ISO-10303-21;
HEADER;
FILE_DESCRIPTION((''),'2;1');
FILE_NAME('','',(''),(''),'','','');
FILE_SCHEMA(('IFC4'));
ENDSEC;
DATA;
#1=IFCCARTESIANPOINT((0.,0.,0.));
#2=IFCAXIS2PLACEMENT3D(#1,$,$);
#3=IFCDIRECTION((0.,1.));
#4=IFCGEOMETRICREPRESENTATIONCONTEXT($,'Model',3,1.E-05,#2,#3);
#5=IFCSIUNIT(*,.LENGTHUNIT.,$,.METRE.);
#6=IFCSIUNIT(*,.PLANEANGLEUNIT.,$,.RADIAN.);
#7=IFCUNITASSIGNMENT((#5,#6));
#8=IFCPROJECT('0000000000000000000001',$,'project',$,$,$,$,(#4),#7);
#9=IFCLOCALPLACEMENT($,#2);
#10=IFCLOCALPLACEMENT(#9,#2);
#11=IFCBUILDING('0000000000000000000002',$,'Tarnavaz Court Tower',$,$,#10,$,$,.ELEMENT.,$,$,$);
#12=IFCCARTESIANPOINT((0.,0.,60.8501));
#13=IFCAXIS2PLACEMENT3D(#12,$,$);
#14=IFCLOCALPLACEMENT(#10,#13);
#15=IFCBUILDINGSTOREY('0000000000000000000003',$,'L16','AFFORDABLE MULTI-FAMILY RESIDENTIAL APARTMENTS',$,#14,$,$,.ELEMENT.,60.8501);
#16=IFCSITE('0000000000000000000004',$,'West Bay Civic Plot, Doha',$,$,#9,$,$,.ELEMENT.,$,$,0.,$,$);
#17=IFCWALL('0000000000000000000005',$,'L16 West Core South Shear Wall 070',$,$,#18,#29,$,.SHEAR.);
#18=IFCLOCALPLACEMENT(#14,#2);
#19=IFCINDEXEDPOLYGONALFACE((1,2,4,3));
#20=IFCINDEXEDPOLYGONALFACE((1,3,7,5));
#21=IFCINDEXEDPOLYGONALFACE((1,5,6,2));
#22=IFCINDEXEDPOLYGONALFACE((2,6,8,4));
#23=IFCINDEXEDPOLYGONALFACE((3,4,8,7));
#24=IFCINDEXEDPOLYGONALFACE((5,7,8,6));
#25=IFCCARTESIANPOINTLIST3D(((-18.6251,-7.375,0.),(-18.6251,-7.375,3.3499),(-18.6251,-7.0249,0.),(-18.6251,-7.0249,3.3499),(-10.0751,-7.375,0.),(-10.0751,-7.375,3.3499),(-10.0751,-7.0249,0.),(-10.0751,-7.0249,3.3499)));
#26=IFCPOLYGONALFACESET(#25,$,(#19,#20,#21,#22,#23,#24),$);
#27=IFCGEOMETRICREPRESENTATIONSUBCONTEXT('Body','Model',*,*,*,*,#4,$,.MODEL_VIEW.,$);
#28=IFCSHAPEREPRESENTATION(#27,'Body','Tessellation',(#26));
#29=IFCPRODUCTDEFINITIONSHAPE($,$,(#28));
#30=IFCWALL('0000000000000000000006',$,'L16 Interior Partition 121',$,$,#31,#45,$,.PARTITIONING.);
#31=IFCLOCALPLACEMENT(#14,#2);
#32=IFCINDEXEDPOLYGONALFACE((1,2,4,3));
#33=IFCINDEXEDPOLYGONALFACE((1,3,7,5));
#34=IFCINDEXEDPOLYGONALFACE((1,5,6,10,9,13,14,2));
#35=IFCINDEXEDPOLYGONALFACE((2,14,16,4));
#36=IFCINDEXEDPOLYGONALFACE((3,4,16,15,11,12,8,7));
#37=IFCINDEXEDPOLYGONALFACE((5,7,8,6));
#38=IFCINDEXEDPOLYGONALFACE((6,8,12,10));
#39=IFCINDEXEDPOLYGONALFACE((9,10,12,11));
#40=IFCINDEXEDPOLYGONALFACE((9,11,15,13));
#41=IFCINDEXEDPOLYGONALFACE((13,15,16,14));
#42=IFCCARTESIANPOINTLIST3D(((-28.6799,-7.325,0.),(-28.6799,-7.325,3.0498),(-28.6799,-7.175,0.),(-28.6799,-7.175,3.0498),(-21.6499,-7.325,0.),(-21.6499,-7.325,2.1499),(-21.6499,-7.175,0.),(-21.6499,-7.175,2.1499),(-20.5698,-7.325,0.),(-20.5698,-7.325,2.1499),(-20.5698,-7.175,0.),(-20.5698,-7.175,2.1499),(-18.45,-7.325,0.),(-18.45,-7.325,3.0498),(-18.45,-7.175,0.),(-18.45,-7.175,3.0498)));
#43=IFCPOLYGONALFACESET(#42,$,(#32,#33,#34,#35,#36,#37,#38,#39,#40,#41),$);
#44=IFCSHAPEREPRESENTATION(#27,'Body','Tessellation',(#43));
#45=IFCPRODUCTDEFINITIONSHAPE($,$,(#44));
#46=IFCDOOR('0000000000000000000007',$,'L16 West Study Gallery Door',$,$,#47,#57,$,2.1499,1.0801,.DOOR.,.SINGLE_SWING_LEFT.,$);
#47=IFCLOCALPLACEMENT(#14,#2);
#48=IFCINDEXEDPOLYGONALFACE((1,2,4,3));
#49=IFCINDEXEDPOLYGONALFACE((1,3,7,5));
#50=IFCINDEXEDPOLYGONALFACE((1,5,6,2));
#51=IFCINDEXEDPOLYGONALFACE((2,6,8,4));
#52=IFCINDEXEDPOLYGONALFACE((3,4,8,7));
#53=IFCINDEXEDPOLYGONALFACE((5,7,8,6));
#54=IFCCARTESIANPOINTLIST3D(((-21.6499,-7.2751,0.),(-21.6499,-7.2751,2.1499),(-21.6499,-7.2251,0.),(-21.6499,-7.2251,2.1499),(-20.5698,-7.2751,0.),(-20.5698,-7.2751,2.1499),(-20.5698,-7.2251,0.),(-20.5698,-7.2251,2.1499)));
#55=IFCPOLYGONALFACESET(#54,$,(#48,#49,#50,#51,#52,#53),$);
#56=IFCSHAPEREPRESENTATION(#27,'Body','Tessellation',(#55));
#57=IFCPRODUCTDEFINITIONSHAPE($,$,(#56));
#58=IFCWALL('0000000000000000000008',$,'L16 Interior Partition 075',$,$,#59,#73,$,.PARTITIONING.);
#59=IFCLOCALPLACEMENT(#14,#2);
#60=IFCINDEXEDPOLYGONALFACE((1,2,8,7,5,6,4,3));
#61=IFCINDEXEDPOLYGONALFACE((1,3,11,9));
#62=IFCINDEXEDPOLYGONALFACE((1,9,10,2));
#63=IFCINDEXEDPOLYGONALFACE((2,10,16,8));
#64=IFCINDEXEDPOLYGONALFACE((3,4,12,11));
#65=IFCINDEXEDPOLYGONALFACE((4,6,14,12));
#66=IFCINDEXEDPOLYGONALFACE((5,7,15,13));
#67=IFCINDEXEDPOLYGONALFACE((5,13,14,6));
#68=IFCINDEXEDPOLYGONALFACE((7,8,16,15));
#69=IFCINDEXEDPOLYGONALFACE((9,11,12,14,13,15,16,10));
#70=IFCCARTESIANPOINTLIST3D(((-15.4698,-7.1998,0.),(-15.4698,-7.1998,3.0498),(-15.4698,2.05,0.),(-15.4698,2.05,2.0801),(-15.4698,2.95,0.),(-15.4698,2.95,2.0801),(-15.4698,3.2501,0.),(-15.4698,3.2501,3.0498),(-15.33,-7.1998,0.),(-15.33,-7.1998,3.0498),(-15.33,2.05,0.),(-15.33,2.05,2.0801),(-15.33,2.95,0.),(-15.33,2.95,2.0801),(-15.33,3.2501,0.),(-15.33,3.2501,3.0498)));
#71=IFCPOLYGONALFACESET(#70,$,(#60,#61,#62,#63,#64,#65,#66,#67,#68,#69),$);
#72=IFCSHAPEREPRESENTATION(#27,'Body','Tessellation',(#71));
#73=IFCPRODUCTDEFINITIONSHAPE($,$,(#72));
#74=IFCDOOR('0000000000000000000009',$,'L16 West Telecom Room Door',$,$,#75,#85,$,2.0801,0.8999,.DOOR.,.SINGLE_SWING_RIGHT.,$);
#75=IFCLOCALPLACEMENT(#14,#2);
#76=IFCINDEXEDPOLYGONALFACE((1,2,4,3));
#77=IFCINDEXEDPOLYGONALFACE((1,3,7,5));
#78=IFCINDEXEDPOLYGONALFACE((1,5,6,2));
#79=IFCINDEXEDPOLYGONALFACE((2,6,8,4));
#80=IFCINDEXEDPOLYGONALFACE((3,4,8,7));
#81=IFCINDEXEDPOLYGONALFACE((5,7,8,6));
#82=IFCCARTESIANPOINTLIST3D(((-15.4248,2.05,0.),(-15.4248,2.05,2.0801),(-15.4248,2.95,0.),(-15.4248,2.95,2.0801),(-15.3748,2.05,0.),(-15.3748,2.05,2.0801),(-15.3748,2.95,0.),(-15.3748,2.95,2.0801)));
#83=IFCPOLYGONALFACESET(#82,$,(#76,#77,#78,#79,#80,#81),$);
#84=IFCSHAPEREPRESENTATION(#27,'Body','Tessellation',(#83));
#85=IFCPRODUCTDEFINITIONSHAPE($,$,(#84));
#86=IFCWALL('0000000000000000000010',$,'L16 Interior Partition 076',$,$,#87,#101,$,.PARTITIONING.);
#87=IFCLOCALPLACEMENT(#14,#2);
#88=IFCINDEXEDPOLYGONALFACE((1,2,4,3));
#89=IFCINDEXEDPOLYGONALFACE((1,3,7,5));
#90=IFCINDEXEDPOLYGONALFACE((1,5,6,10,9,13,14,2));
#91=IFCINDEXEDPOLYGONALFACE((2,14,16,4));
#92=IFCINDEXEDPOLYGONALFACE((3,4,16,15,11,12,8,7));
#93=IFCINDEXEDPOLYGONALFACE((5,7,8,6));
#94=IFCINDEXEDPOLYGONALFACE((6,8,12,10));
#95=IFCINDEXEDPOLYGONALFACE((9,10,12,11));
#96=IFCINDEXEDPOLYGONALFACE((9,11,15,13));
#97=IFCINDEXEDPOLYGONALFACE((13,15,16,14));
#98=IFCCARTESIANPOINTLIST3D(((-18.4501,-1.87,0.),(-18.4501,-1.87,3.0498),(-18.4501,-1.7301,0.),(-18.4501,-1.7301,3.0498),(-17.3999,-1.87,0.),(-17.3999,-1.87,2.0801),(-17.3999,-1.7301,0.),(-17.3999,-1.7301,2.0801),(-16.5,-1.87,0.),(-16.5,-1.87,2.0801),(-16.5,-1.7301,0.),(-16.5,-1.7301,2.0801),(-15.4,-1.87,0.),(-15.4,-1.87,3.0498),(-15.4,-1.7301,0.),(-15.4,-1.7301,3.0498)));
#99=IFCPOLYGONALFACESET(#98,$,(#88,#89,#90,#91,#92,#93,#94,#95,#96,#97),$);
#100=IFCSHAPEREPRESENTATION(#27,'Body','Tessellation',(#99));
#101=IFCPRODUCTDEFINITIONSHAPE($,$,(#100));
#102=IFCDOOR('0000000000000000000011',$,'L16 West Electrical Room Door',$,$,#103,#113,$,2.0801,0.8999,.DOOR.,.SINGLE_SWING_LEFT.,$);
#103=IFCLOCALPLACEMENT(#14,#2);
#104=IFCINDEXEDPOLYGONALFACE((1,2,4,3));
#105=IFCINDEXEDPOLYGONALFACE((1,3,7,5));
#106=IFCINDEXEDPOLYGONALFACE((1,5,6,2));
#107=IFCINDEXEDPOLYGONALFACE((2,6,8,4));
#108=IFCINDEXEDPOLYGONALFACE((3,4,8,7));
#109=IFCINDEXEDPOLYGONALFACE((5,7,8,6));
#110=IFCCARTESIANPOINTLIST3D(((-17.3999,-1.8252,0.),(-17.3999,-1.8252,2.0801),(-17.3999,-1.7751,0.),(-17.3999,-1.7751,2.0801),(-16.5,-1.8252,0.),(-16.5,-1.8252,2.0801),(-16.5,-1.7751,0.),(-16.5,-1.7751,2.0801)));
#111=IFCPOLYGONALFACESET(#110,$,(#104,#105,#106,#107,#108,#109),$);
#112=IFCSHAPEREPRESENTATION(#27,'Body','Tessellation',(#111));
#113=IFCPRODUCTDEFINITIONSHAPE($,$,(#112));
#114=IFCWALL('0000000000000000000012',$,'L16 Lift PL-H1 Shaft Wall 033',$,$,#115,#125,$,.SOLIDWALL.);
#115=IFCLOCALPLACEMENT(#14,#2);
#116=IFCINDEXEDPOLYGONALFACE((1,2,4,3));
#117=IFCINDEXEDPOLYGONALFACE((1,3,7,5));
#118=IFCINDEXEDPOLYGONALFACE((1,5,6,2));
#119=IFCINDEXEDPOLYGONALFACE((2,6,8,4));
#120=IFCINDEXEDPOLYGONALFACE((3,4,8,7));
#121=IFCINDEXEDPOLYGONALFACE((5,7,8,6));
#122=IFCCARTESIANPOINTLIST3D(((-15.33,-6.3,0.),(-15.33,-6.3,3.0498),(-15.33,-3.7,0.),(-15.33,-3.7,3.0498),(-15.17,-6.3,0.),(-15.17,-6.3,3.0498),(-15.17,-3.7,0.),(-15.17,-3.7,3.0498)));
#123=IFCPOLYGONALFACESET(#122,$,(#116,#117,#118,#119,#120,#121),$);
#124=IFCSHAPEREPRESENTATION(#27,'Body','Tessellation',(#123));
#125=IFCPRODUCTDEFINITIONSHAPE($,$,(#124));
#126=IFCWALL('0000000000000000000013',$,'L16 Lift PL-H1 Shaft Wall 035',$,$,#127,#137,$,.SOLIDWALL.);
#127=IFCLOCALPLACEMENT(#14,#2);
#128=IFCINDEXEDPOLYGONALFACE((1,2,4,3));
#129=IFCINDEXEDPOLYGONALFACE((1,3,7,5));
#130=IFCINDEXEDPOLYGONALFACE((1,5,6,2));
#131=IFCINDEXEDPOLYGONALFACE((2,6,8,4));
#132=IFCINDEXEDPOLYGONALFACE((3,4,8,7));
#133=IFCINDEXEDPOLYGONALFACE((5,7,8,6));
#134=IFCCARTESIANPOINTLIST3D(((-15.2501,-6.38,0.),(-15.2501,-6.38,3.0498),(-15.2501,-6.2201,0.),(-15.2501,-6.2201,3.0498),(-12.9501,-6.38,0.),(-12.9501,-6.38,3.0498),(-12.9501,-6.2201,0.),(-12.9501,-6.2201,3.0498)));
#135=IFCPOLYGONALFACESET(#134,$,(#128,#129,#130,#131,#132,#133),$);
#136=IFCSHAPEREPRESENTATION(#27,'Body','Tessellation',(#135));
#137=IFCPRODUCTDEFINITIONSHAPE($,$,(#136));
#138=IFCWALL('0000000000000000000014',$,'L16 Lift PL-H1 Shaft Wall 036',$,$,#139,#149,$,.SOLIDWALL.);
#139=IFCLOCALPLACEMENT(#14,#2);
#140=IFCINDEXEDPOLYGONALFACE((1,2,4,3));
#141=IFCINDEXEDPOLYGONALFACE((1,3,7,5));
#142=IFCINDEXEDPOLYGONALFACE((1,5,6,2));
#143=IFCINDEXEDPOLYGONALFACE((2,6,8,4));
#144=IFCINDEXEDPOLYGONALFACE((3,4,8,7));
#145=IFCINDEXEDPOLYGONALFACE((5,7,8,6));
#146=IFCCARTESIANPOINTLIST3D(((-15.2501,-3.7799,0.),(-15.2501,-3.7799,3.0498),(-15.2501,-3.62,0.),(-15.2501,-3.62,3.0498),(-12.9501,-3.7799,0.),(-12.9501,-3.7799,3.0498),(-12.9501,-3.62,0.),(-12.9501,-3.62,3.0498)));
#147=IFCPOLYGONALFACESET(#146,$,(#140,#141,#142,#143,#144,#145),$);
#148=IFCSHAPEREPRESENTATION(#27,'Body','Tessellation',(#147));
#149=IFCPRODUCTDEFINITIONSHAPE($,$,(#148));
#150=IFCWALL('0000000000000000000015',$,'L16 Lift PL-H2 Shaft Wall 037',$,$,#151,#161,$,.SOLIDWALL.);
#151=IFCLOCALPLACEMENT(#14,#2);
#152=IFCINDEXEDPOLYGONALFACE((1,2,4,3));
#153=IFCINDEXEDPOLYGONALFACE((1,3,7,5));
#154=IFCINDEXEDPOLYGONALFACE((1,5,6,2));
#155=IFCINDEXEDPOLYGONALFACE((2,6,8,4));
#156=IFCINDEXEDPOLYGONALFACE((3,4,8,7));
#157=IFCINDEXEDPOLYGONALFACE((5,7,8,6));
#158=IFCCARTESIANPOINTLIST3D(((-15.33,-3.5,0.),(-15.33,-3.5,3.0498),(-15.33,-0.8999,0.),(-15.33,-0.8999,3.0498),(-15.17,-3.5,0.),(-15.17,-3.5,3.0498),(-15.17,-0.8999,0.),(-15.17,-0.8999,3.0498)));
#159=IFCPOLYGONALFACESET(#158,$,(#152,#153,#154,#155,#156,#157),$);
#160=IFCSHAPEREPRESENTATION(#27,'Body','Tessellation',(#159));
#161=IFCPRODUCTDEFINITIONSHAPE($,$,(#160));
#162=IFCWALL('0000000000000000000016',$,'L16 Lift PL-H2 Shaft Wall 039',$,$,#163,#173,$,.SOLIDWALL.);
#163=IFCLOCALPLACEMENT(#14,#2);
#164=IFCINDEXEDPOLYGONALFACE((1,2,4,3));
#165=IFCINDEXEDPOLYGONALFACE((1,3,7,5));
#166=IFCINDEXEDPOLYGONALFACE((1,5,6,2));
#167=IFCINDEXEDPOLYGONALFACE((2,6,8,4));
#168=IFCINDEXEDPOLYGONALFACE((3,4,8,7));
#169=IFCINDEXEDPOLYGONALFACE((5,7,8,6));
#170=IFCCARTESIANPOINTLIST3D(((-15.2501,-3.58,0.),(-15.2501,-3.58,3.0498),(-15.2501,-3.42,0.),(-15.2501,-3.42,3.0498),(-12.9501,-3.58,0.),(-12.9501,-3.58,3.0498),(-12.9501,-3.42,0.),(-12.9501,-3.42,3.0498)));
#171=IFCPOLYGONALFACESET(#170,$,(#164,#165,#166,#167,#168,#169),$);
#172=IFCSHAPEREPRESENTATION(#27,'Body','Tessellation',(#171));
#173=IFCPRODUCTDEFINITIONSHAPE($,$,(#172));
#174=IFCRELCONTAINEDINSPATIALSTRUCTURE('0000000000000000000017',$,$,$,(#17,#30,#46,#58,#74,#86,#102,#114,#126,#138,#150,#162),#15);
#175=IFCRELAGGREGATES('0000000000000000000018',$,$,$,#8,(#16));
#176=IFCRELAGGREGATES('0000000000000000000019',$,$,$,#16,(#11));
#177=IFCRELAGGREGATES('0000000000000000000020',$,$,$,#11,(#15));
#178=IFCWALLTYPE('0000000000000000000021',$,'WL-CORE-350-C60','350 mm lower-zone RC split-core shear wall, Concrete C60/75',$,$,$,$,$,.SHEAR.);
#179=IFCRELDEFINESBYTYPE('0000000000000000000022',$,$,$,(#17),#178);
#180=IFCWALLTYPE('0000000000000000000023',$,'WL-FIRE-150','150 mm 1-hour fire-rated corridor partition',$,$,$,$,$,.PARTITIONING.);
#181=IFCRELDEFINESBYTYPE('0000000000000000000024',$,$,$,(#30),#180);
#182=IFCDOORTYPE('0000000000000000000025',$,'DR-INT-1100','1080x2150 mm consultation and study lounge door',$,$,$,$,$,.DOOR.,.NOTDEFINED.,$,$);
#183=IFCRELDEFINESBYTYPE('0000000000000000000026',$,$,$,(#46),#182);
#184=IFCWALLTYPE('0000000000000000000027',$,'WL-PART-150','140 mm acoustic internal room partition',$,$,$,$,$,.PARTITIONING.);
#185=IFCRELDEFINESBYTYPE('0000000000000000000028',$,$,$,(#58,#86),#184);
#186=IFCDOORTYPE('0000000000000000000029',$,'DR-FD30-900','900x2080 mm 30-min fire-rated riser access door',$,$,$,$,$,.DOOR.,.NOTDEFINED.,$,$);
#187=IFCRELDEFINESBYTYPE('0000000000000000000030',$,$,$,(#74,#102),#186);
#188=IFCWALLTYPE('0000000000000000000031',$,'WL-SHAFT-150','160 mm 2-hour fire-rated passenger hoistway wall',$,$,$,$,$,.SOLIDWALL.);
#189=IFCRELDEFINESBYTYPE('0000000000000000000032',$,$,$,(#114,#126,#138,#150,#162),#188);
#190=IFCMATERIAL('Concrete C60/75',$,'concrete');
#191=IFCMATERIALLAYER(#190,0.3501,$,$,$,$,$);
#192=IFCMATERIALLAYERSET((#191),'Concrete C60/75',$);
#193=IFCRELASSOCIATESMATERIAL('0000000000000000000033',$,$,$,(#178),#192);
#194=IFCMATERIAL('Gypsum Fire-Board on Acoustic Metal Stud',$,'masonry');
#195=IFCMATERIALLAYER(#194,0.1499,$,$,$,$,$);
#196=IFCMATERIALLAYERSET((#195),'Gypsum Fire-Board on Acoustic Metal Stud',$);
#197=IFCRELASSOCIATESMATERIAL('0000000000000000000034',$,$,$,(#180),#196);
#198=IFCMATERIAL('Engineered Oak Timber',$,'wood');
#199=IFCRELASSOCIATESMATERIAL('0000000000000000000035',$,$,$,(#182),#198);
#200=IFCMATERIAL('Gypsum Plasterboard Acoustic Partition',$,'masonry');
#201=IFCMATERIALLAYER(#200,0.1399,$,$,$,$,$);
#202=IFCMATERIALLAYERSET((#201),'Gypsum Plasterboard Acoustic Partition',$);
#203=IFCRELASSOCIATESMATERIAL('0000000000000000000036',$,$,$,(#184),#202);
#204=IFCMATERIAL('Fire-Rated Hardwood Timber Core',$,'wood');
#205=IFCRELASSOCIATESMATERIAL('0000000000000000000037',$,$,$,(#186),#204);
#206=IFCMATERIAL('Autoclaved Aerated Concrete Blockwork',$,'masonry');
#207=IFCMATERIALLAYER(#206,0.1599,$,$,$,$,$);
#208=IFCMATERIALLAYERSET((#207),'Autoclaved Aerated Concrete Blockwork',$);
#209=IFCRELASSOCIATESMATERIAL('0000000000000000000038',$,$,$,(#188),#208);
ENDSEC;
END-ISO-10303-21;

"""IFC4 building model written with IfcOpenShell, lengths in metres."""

from ifc_helpers import new_model, si_unit, direction, frame, frame_2d, origin, place, context, subcontext, project, spatial, rectangle, extrude, material, layer, layer_set, type_object, element, fill, save


model = new_model("IFC4")

# Units and contexts
model_context = context("Model", 3, precision=1e-05, world=origin(), true_north=direction((0.0, 1.0)))
body_context = subcontext(model_context, "Body", "Model", "MODEL_VIEW")
ifc_project = project(units=[si_unit("LENGTHUNIT", "METRE"), si_unit("PLANEANGLEUNIT", "RADIAN")], contexts=[model_context])

# Site, building, storey
site_placement = place(None, origin())
site = spatial("IfcSite", under=ifc_project, at=site_placement, Name="West Bay Civic Plot, Doha", CompositionType="ELEMENT", RefElevation=0.0)
building_placement = place(site_placement, origin())
building = spatial("IfcBuilding", under=site, at=building_placement, Name="Tarnavaz Court Tower", CompositionType="ELEMENT")
storey_placement = place(building_placement, frame((0.0, 0.0, 60.8501)))
storey = spatial("IfcBuildingStorey", under=building, at=storey_placement, Name="L16", Description="AFFORDABLE MULTI-FAMILY RESIDENTIAL APARTMENTS", CompositionType="ELEMENT", Elevation=60.8501)

# Shared definitions
ifc_material_1 = material(Name="Concrete C60/75", Category="concrete")

# Wall
ifc_layer_1 = layer(ifc_material_1, 0.3501)
ifc_layer_set_1 = layer_set([ifc_layer_1], Name="Concrete C60/75")
wall_type_1 = type_object("IfcWallType", Name="WL-CORE-350-C60", Description="350 mm lower-zone RC split-core shear wall, Concrete C60/75", PredefinedType="SHEAR", material=ifc_layer_set_1)
wall_1_placement = place(storey_placement, frame((-18.625, -7.2, 0.0), z_axis=(0.0, 0.0, 1.0), x_axis=(1.0, 0.0, 0.0)))
element("IfcWall", 1, at=wall_1_placement, inside=storey, type_object=wall_type_1, Name="L16 West Core South Shear Wall 070", PredefinedType="SHEAR", context=body_context, shape_type="SweptSolid", body=[
    extrude(rectangle(XDim=8.55, YDim=0.3501, at=frame_2d((4.2749, 0.0))), origin(), (0.0, 0.0, 1.0), 3.3499),
])

# Walls, openings, doors
ifc_material_2 = material(Name="Gypsum Fire-Board on Acoustic Metal Stud", Category="masonry")
ifc_layer_2 = layer(ifc_material_2, 0.1499)
ifc_layer_set_2 = layer_set([ifc_layer_2], Name="Gypsum Fire-Board on Acoustic Metal Stud")
wall_type_2 = type_object("IfcWallType", Name="WL-FIRE-150", Description="150 mm 1-hour fire-rated corridor partition", PredefinedType="PARTITIONING", material=ifc_layer_set_2)
wall_2_placement = place(storey_placement, frame((-28.6799, -7.25, 0.0), z_axis=(0.0, 0.0, 1.0), x_axis=(1.0, 0.0, 0.0)))
wall_2 = element("IfcWall", 2, at=wall_2_placement, inside=storey, type_object=wall_type_2, Name="L16 Interior Partition 121", PredefinedType="PARTITIONING", context=body_context, shape_type="SweptSolid", body=[
    extrude(rectangle(XDim=10.23, YDim=0.1499, at=frame_2d((5.115, 0.0))), origin(), (0.0, 0.0, 1.0), 3.0498),
])
opening_1_placement = place(wall_2_placement, frame((7.03, 0.0, 0.0)))
opening_1 = element("IfcOpeningElement", 3, at=opening_1_placement, cuts=wall_2, PredefinedType="OPENING", context=body_context, shape_type="SweptSolid", body=[
    extrude(rectangle(XDim=1.0801, YDim=2.1499, at=frame_2d((0.54, 1.075))), frame((0.0, 0.085, 0.0), z_axis=(0.0, -1.0, 0.0), x_axis=(1.0, 0.0, 0.0)), (0.0, 0.0, 1.0), 0.1699),
])
ifc_material_3 = material(Name="Engineered Oak Timber", Category="wood")
door_type_1 = type_object("IfcDoorType", Name="DR-INT-1100", Description="1080x2150 mm consultation and study lounge door", OperationType="NOTDEFINED", PredefinedType="DOOR", material=ifc_material_3)
door_1_placement = place(opening_1_placement, origin())
door_1 = element("IfcDoor", 4, at=door_1_placement, inside=storey, type_object=door_type_1, Name="L16 West Study Gallery Door", OperationType="SINGLE_SWING_LEFT", OverallHeight=2.1499, OverallWidth=1.0801, PredefinedType="DOOR", context=body_context, shape_type="SweptSolid", body=[
    extrude(rectangle(XDim=1.0801, YDim=2.1499, at=frame_2d((0.54, 1.075))), frame((0.0, 0.0249, 0.0), z_axis=(0.0, -1.0, 0.0), x_axis=(1.0, 0.0, 0.0)), (0.0, 0.0, 1.0), 0.05),
])
fill(opening_1, door_1)
ifc_material_4 = material(Name="Gypsum Plasterboard Acoustic Partition", Category="masonry")
ifc_layer_3 = layer(ifc_material_4, 0.1399)
ifc_layer_set_3 = layer_set([ifc_layer_3], Name="Gypsum Plasterboard Acoustic Partition")
wall_type_3 = type_object("IfcWallType", Name="WL-PART-150", Description="140 mm acoustic internal room partition", PredefinedType="PARTITIONING", material=ifc_layer_set_3)
wall_3_placement = place(storey_placement, frame((-15.3999, -7.2, 0.0), z_axis=(0.0, 0.0, 1.0), x_axis=(0.0, 1.0, 0.0)))
wall_3 = element("IfcWall", 5, at=wall_3_placement, inside=storey, type_object=wall_type_3, Name="L16 Interior Partition 075", PredefinedType="PARTITIONING", context=body_context, shape_type="SweptSolid", body=[
    extrude(rectangle(XDim=10.45, YDim=0.1399, at=frame_2d((5.2251, 0.0))), origin(), (0.0, 0.0, 1.0), 3.0498),
])
opening_2_placement = place(wall_3_placement, frame((9.25, 0.0, 0.0)))
opening_2 = element("IfcOpeningElement", 6, at=opening_2_placement, cuts=wall_3, PredefinedType="OPENING", context=body_context, shape_type="SweptSolid", body=[
    extrude(rectangle(XDim=0.8999, YDim=2.0801, at=frame_2d((0.45, 1.04))), frame((0.0, 0.0798, 0.0), z_axis=(0.0, -1.0, 0.0), x_axis=(1.0, 0.0, 0.0)), (0.0, 0.0, 1.0), 0.1599),
])
ifc_material_5 = material(Name="Fire-Rated Hardwood Timber Core", Category="wood")
door_type_2 = type_object("IfcDoorType", Name="DR-FD30-900", Description="900x2080 mm 30-min fire-rated riser access door", OperationType="NOTDEFINED", PredefinedType="DOOR", material=ifc_material_5)
door_2_placement = place(opening_2_placement, origin())
door_2 = element("IfcDoor", 7, at=door_2_placement, inside=storey, type_object=door_type_2, Name="L16 West Telecom Room Door", OperationType="SINGLE_SWING_RIGHT", OverallHeight=2.0801, OverallWidth=0.8999, PredefinedType="DOOR", context=body_context, shape_type="SweptSolid", body=[
    extrude(rectangle(XDim=0.8999, YDim=2.0801, at=frame_2d((0.45, 1.04))), frame((0.0, 0.0249, 0.0), z_axis=(0.0, -1.0, 0.0), x_axis=(1.0, 0.0, 0.0)), (0.0, 0.0, 1.0), 0.05),
])
fill(opening_2, door_2)
wall_4_placement = place(storey_placement, frame((-18.45, -1.8, 0.0), z_axis=(0.0, 0.0, 1.0), x_axis=(1.0, 0.0, 0.0)))
wall_4 = element("IfcWall", 8, at=wall_4_placement, inside=storey, type_object=wall_type_3, Name="L16 Interior Partition 076", PredefinedType="PARTITIONING", context=body_context, shape_type="SweptSolid", body=[
    extrude(rectangle(XDim=3.05, YDim=0.1399, at=frame_2d((1.5249, 0.0))), origin(), (0.0, 0.0, 1.0), 3.0498),
])
opening_3_placement = place(wall_4_placement, frame((1.05, 0.0, 0.0)))
opening_3 = element("IfcOpeningElement", 9, at=opening_3_placement, cuts=wall_4, PredefinedType="OPENING", context=body_context, shape_type="SweptSolid", body=[
    extrude(rectangle(XDim=0.8999, YDim=2.0801, at=frame_2d((0.45, 1.04))), frame((0.0, 0.0798, 0.0), z_axis=(0.0, -1.0, 0.0), x_axis=(1.0, 0.0, 0.0)), (0.0, 0.0, 1.0), 0.1599),
])
door_3_placement = place(opening_3_placement, origin())
door_3 = element("IfcDoor", 10, at=door_3_placement, inside=storey, type_object=door_type_2, Name="L16 West Electrical Room Door", OperationType="SINGLE_SWING_LEFT", OverallHeight=2.0801, OverallWidth=0.8999, PredefinedType="DOOR", context=body_context, shape_type="SweptSolid", body=[
    extrude(rectangle(XDim=0.8999, YDim=2.0801, at=frame_2d((0.45, 1.04))), frame((0.0, 0.0249, 0.0), z_axis=(0.0, -1.0, 0.0), x_axis=(1.0, 0.0, 0.0)), (0.0, 0.0, 1.0), 0.05),
])
fill(opening_3, door_3)

# Walls
ifc_material_6 = material(Name="Autoclaved Aerated Concrete Blockwork", Category="masonry")
ifc_layer_4 = layer(ifc_material_6, 0.1599)
ifc_layer_set_4 = layer_set([ifc_layer_4], Name="Autoclaved Aerated Concrete Blockwork")
wall_type_4 = type_object("IfcWallType", Name="WL-SHAFT-150", Description="160 mm 2-hour fire-rated passenger hoistway wall", PredefinedType="SOLIDWALL", material=ifc_layer_set_4)
wall_5_placement = place(storey_placement, frame((-15.25, -6.3, 0.0), z_axis=(0.0, 0.0, 1.0), x_axis=(0.0, 1.0, 0.0)))
element("IfcWall", 11, at=wall_5_placement, inside=storey, type_object=wall_type_4, Name="L16 Lift PL-H1 Shaft Wall 033", PredefinedType="SOLIDWALL", context=body_context, shape_type="SweptSolid", body=[
    extrude(rectangle(XDim=2.6001, YDim=0.1599, at=frame_2d((1.3, 0.0))), origin(), (0.0, 0.0, 1.0), 3.0498),
])
for number, where, z_axis, x_axis, name in (
    (12, (-15.25, -6.3, 0.0), (0.0, 0.0, 1.0), (1.0, 0.0, 0.0), "L16 Lift PL-H1 Shaft Wall 035"),
    (13, (-15.25, -3.7, 0.0), (0.0, 0.0, 1.0), (1.0, 0.0, 0.0), "L16 Lift PL-H1 Shaft Wall 036"),
):
    element("IfcWall", number, at=place(storey_placement, frame(where, z_axis=z_axis, x_axis=x_axis)), inside=storey, type_object=wall_type_4, Name=name, PredefinedType="SOLIDWALL", context=body_context, shape_type="SweptSolid", body=[
        extrude(rectangle(XDim=2.3, YDim=0.1599, at=frame_2d((1.1499, 0.0))), origin(), (0.0, 0.0, 1.0), 3.0498),
    ])
wall_6_placement = place(storey_placement, frame((-15.25, -3.5, 0.0), z_axis=(0.0, 0.0, 1.0), x_axis=(0.0, 1.0, 0.0)))
element("IfcWall", 14, at=wall_6_placement, inside=storey, type_object=wall_type_4, Name="L16 Lift PL-H2 Shaft Wall 037", PredefinedType="SOLIDWALL", context=body_context, shape_type="SweptSolid", body=[
    extrude(rectangle(XDim=2.6001, YDim=0.1599, at=frame_2d((1.3, 0.0))), origin(), (0.0, 0.0, 1.0), 3.0498),
])
for number, where, z_axis, x_axis, name in (
    (15, (-15.25, -3.5, 0.0), (0.0, 0.0, 1.0), (1.0, 0.0, 0.0), "L16 Lift PL-H2 Shaft Wall 039"),
):
    element("IfcWall", number, at=place(storey_placement, frame(where, z_axis=z_axis, x_axis=x_axis)), inside=storey, type_object=wall_type_4, Name=name, PredefinedType="SOLIDWALL", context=body_context, shape_type="SweptSolid", body=[
        extrude(rectangle(XDim=2.3, YDim=0.1599, at=frame_2d((1.1499, 0.0))), origin(), (0.0, 0.0, 1.0), 3.0498),
    ])

save(model, "model.ifc")
